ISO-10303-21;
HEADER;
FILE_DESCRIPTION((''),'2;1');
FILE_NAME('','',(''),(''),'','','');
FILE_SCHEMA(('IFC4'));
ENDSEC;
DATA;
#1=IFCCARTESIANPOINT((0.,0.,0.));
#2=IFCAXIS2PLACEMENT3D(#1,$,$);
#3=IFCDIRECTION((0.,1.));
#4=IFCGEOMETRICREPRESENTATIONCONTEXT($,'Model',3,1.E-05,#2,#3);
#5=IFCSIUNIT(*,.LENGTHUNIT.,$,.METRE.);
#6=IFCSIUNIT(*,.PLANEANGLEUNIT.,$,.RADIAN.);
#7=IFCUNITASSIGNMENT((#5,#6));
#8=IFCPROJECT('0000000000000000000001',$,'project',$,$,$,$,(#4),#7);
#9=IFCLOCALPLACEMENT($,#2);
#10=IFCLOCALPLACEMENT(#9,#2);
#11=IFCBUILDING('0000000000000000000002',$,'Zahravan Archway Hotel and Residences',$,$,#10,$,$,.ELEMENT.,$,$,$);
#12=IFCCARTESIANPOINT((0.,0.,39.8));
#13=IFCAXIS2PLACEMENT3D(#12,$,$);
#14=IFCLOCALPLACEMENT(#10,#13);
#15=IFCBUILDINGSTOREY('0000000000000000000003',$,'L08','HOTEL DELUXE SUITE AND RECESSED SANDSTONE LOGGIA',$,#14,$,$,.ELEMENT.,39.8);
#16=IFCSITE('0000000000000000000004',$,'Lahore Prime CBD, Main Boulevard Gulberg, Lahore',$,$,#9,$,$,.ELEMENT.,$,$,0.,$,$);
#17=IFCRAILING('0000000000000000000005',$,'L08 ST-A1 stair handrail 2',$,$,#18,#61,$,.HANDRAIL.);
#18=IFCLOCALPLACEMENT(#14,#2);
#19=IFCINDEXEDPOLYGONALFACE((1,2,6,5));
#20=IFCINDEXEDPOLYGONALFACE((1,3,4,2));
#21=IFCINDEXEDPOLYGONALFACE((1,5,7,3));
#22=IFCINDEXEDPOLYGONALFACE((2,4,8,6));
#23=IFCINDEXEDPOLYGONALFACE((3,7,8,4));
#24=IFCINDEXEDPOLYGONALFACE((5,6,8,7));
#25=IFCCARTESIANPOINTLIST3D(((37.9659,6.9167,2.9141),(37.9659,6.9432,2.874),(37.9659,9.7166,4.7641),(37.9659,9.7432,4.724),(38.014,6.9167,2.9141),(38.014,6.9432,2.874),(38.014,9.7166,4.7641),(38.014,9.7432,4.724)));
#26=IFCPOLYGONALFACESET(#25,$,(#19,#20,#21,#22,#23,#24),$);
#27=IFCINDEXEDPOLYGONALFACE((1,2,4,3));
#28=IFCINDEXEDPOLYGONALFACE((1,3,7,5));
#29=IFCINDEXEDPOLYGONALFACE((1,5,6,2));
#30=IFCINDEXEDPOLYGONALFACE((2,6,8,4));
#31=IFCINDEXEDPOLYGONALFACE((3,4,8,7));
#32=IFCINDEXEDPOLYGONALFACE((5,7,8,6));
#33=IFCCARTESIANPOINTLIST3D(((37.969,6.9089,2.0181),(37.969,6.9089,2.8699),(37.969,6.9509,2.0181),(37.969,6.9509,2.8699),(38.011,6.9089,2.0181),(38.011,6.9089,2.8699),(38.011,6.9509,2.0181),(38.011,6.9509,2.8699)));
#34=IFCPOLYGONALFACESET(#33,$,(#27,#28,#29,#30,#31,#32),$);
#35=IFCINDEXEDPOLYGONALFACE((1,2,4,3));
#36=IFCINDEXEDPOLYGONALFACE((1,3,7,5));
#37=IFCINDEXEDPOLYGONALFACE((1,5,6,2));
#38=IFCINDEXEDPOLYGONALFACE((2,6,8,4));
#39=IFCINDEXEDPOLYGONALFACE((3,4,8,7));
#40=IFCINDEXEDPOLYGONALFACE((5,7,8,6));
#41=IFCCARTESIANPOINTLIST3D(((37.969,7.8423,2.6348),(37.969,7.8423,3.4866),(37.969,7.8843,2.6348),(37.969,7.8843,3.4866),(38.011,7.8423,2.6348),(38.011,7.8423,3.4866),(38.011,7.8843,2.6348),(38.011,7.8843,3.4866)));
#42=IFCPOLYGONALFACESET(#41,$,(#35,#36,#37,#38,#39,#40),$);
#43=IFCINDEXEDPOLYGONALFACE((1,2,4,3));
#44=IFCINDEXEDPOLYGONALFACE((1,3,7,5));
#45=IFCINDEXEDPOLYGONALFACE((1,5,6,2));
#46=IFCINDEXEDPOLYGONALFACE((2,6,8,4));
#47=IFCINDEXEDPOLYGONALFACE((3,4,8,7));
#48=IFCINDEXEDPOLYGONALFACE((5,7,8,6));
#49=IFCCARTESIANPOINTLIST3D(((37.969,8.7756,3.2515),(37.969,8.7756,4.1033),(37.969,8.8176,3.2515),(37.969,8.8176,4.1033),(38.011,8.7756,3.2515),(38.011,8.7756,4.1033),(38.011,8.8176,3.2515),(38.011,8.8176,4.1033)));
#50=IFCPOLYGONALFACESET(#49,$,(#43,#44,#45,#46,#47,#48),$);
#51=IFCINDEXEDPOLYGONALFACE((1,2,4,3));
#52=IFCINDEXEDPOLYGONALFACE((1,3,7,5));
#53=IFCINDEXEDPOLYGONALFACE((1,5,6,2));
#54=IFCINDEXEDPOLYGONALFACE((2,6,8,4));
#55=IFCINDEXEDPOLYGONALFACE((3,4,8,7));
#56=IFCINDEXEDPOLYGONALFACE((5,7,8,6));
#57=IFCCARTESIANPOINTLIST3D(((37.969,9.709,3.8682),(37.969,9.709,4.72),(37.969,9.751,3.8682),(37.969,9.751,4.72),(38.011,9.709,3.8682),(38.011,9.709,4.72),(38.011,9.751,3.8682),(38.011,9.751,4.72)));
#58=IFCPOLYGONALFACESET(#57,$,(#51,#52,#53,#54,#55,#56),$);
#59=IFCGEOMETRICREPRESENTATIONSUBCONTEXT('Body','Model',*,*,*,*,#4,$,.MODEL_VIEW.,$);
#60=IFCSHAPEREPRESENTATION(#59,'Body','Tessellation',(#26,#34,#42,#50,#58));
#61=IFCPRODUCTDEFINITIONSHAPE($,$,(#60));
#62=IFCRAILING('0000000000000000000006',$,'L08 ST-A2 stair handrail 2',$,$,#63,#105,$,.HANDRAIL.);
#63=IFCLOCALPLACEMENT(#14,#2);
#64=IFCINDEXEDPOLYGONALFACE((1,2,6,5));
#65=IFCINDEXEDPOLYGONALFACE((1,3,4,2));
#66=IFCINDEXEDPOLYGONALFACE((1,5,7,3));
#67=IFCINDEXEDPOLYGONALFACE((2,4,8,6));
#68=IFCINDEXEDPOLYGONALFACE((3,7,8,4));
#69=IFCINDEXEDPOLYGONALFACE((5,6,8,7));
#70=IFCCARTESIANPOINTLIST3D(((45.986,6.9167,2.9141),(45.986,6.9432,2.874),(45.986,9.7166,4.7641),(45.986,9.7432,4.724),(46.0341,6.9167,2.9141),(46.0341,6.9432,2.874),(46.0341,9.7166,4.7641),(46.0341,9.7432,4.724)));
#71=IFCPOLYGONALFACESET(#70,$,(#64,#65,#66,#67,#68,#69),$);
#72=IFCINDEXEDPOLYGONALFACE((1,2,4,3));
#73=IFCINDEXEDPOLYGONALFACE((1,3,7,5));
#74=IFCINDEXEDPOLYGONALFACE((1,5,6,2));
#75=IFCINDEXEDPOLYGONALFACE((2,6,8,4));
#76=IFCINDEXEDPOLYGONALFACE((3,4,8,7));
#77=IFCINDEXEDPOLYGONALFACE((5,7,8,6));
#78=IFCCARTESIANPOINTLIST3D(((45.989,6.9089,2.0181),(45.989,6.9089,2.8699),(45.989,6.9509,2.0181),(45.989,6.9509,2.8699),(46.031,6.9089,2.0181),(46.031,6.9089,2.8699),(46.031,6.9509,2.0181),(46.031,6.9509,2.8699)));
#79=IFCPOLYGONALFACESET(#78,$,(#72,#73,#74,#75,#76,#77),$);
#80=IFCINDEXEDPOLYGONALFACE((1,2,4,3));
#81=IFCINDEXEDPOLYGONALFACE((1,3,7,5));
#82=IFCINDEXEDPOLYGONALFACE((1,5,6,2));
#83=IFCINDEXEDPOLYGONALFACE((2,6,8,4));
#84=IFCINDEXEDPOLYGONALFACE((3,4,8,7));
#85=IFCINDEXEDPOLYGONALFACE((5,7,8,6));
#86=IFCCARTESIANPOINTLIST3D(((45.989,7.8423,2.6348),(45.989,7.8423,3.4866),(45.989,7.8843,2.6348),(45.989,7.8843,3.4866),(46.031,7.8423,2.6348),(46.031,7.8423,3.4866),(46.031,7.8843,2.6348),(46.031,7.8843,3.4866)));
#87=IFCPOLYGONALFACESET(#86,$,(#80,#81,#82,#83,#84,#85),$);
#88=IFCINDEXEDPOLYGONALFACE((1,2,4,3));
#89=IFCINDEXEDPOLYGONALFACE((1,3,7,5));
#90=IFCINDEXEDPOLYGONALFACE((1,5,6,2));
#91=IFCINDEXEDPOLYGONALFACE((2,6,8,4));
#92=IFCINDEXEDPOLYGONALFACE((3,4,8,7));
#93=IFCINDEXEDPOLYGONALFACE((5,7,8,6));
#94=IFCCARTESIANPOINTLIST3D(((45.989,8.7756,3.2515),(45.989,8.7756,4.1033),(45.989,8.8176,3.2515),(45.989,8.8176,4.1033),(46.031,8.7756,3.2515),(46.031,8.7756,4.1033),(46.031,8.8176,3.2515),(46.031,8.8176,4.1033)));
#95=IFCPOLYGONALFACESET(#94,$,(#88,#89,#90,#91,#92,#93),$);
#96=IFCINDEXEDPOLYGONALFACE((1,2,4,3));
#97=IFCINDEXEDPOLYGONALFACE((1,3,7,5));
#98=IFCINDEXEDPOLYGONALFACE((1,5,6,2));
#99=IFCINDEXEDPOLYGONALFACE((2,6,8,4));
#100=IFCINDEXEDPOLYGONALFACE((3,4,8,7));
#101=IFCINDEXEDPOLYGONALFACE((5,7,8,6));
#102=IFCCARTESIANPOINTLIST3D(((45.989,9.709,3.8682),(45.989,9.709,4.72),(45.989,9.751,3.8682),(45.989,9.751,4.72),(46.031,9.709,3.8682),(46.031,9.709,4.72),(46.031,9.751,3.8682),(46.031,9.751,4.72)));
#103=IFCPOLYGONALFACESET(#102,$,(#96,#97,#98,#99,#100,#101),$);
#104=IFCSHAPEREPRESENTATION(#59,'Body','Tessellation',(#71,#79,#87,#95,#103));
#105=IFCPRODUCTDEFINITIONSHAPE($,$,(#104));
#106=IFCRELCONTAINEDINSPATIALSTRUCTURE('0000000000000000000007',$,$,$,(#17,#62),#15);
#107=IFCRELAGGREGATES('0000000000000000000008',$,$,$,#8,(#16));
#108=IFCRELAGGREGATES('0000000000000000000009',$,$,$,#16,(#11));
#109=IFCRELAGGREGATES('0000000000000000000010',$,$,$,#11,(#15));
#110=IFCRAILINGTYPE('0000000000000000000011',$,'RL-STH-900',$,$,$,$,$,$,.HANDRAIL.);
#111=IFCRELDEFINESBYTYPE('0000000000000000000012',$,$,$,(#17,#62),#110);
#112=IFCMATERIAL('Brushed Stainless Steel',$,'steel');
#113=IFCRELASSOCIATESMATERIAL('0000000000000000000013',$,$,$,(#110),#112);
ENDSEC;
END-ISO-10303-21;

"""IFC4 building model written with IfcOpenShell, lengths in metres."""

from ifc_helpers import new_model, si_unit, direction, frame, origin, origin_2d, place, context, subcontext, project, spatial, rectangle, extrude, material, type_object, element, save


model = new_model("IFC4")

# Units and contexts
model_context = context("Model", 3, precision=1e-05, world=origin(), true_north=direction((0.0, 1.0)))
body_context = subcontext(model_context, "Body", "Model", "MODEL_VIEW")
ifc_project = project(units=[si_unit("LENGTHUNIT", "METRE"), si_unit("PLANEANGLEUNIT", "RADIAN")], contexts=[model_context])

# Site, building, storey
site_placement = place(None, origin())
site = spatial("IfcSite", under=ifc_project, at=site_placement, Name="Lahore Prime CBD, Main Boulevard Gulberg, Lahore", CompositionType="ELEMENT", RefElevation=0.0)
building_placement = place(site_placement, origin())
building = spatial("IfcBuilding", under=site, at=building_placement, Name="Zahravan Archway Hotel and Residences", CompositionType="ELEMENT")
storey_placement = place(building_placement, frame((0.0, 0.0, 39.8)))
storey = spatial("IfcBuildingStorey", under=building, at=storey_placement, Name="L08", Description="HOTEL DELUXE SUITE AND RECESSED SANDSTONE LOGGIA", CompositionType="ELEMENT", Elevation=39.8)

# Railings
ifc_material_1 = material(Name="Brushed Stainless Steel", Category="steel")
railing_type_1 = type_object("IfcRailingType", Name="RL-STH-900", PredefinedType="HANDRAIL", material=ifc_material_1)
for number, where, name in (
    (1, (37.99, 6.9299, 2.0181), "L08 ST-A1 stair handrail 2"),
    (2, (46.01, 6.9299, 2.0181), "L08 ST-A2 stair handrail 2"),
):
    element("IfcRailing", number, at=place(storey_placement, frame(where)), inside=storey, type_object=railing_type_1, Name=name, PredefinedType="HANDRAIL", context=body_context, shape_type="SweptSolid", body=[
        extrude(rectangle(XDim=0.0481, YDim=0.0481, at=origin_2d()), frame((0.0, 0.0, 0.876), z_axis=(0.0, 0.834326, 0.551271), x_axis=(-1.0, 0.0, 0.0)), (0.0, 0.0, 1.0), 3.356),
        extrude(rectangle(XDim=0.042, YDim=0.042, at=origin_2d()), origin(), (0.0, 0.0, 1.0), 0.8518),
        extrude(rectangle(XDim=0.042, YDim=0.042, at=origin_2d()), frame((0.0, 0.9333, 0.6167)), (0.0, 0.0, 1.0), 0.8518),
        extrude(rectangle(XDim=0.042, YDim=0.042, at=origin_2d()), frame((0.0, 1.8667, 1.2334)), (0.0, 0.0, 1.0), 0.8518),
        extrude(rectangle(XDim=0.042, YDim=0.042, at=origin_2d()), frame((0.0, 2.8, 1.8501)), (0.0, 0.0, 1.0), 0.8518),
    ])

save(model, "model.ifc")
